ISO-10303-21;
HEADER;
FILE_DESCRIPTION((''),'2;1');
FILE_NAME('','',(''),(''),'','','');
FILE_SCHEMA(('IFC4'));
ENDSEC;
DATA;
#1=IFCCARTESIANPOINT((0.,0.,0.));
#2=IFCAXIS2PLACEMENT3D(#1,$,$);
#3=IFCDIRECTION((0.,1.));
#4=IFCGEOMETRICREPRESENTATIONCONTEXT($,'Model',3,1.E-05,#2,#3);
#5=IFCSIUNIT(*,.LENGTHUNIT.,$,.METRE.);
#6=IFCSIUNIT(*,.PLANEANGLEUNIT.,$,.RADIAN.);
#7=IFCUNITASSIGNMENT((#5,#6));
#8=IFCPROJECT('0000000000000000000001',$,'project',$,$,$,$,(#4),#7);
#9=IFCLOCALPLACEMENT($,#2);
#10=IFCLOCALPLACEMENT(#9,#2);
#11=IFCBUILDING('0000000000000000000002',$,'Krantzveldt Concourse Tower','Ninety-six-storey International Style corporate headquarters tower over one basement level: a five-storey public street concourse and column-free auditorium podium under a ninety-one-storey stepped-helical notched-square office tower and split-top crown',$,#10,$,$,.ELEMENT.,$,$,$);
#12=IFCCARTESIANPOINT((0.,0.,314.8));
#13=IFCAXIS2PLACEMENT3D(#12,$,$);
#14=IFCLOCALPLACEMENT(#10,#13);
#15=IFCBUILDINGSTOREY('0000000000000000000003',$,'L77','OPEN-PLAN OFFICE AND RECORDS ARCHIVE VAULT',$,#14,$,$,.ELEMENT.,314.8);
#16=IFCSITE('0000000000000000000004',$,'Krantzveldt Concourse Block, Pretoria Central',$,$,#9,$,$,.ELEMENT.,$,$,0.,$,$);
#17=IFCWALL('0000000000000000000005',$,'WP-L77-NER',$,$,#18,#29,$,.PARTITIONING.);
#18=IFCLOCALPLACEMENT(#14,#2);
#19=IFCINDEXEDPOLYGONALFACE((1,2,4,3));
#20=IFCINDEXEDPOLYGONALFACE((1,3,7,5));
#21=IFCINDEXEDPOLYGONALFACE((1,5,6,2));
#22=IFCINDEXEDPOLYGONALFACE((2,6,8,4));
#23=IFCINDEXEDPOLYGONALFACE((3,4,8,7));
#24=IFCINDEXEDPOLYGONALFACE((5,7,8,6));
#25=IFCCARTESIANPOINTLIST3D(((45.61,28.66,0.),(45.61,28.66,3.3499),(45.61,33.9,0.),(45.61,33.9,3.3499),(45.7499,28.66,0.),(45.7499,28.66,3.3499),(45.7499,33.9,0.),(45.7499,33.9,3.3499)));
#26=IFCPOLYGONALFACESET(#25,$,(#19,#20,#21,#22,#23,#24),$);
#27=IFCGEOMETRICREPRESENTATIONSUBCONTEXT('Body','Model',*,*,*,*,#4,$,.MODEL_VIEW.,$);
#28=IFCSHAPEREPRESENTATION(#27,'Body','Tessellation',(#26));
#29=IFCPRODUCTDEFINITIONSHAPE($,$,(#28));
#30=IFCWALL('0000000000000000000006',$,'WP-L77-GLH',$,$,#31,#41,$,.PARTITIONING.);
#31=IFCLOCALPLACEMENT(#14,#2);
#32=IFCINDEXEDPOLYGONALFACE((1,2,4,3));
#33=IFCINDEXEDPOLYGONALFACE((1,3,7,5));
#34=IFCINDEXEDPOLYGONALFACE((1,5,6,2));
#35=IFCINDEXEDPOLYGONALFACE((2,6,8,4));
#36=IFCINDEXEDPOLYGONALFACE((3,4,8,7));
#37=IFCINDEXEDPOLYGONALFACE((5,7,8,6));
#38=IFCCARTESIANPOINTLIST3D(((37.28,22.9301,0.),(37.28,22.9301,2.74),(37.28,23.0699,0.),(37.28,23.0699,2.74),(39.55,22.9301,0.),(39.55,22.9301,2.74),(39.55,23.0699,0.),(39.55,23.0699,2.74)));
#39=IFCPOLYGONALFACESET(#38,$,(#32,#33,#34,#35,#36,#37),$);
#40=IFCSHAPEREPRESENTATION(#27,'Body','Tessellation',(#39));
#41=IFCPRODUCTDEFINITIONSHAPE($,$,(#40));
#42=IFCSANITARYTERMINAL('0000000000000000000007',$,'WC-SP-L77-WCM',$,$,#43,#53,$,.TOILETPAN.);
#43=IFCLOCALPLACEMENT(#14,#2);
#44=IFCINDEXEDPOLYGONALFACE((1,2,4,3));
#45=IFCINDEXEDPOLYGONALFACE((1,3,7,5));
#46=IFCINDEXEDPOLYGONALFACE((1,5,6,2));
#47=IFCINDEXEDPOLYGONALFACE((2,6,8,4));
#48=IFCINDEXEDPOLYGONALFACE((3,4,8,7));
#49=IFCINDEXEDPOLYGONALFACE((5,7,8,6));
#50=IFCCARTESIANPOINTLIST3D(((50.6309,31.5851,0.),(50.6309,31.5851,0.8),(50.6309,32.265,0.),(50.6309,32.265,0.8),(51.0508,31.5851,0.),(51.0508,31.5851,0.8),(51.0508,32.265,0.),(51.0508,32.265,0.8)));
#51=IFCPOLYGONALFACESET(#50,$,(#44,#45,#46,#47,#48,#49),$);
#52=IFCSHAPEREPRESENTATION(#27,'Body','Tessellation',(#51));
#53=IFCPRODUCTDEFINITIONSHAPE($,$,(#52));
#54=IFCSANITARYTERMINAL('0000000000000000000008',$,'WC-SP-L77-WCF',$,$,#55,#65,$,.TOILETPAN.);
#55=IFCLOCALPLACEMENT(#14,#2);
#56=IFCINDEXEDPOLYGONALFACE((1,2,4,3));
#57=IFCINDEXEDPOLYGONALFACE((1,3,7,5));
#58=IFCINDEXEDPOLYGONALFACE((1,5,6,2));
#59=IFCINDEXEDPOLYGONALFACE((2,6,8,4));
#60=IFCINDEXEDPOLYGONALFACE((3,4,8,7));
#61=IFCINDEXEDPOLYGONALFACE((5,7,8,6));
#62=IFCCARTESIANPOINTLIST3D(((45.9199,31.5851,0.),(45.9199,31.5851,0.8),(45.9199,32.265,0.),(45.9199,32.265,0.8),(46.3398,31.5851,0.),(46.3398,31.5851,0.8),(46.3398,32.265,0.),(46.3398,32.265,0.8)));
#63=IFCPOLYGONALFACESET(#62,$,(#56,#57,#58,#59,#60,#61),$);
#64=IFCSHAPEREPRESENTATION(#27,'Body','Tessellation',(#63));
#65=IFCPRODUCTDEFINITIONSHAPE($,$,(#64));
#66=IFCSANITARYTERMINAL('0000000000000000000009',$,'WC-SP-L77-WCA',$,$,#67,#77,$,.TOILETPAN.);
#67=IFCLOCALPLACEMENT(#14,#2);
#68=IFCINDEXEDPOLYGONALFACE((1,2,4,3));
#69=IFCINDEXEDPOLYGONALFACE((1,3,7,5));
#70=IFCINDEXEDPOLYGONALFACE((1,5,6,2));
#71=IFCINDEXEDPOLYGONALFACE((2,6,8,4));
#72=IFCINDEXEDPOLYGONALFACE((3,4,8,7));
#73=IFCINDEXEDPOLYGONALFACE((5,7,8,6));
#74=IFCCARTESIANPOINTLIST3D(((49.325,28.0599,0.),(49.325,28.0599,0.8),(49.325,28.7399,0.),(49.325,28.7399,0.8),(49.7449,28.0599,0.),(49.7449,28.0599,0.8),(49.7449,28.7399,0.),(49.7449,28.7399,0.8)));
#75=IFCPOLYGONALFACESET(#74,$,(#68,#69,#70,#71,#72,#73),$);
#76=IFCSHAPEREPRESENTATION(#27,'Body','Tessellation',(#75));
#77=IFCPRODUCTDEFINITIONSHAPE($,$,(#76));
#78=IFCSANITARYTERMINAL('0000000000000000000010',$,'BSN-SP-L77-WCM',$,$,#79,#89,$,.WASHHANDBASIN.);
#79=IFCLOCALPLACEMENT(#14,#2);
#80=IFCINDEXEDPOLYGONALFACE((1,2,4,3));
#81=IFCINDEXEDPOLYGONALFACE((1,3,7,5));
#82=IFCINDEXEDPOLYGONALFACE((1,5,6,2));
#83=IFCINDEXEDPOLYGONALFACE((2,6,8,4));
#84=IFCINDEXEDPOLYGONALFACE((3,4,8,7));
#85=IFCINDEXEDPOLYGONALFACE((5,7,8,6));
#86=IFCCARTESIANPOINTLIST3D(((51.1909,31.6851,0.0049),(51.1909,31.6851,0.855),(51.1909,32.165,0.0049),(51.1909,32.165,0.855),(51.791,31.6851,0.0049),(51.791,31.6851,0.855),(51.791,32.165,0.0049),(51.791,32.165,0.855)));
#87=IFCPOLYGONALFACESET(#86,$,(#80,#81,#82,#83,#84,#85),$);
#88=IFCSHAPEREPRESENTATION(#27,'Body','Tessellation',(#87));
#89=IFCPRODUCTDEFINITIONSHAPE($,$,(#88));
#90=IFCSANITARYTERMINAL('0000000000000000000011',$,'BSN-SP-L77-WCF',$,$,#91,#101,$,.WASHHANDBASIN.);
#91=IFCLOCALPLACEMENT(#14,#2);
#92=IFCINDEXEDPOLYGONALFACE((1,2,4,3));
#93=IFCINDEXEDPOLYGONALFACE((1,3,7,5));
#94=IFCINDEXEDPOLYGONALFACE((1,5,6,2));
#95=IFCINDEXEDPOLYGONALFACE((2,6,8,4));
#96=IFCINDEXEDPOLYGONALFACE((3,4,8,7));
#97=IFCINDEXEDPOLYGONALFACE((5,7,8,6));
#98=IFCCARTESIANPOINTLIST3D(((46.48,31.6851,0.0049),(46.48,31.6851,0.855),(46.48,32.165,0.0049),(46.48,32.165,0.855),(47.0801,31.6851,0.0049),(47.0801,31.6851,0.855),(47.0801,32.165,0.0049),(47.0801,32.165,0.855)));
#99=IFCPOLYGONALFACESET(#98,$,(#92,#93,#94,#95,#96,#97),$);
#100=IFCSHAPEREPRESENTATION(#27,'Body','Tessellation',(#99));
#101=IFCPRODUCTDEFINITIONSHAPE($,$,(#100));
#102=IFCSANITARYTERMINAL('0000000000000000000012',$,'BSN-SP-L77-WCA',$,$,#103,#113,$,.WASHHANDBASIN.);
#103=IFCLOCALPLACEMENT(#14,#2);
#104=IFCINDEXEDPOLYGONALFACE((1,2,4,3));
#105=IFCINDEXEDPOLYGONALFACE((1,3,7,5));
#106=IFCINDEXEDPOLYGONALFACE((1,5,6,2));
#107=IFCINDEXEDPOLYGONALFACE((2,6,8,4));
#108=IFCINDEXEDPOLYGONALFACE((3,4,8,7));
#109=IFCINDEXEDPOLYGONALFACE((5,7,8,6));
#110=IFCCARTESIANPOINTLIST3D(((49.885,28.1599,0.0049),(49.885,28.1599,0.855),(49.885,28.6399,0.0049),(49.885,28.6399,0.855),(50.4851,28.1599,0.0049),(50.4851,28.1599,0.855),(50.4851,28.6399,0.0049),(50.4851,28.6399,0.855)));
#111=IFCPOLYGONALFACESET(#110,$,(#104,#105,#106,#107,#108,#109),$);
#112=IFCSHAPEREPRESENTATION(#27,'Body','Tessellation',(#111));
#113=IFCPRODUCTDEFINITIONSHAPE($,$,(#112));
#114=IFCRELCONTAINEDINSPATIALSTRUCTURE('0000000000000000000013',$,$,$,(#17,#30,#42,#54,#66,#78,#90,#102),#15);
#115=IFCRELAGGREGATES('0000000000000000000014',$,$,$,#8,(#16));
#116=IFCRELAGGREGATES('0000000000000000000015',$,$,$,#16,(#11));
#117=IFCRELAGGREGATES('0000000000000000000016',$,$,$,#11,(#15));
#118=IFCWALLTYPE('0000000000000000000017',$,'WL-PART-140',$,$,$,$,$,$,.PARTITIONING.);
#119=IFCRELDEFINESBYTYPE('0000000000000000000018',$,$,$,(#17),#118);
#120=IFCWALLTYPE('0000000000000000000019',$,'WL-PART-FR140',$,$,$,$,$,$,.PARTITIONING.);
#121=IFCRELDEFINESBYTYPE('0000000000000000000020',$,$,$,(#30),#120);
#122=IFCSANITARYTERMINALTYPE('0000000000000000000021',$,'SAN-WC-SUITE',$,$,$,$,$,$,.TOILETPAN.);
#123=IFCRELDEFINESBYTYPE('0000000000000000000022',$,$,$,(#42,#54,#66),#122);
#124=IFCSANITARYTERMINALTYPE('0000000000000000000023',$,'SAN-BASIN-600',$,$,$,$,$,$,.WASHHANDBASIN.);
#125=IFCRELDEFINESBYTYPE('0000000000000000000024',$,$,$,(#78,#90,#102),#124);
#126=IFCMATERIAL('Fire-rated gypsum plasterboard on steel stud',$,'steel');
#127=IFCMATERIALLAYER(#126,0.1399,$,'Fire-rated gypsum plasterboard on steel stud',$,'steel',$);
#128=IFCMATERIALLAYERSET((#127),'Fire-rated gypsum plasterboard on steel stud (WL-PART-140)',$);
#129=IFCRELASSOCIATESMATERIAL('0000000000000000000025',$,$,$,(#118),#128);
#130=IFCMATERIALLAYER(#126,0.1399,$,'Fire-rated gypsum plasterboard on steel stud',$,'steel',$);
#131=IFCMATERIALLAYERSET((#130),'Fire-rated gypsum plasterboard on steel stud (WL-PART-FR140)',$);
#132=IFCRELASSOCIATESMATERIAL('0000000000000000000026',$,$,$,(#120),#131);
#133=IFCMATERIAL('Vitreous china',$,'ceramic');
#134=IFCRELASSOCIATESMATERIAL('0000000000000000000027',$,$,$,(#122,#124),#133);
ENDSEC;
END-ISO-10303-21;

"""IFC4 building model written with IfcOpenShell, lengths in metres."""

from ifc_helpers import new_model, si_unit, direction, frame, frame_2d, origin, origin_2d, place, context, subcontext, project, spatial, rectangle, extrude, source, transform, mapped, material, layer, layer_set, type_object, type_shapes, element, save


model = new_model("IFC4")

# Units and contexts
model_context = context("Model", 3, precision=1e-05, world=origin(), true_north=direction((0.0, 1.0)))
body_context = subcontext(model_context, "Body", "Model", "MODEL_VIEW")
ifc_project = project(units=[si_unit("LENGTHUNIT", "METRE"), si_unit("PLANEANGLEUNIT", "RADIAN")], contexts=[model_context])

# Site, building, storey
site_placement = place(None, origin())
site = spatial("IfcSite", under=ifc_project, at=site_placement, Name="Krantzveldt Concourse Block, Pretoria Central", CompositionType="ELEMENT", RefElevation=0.0)
building_placement = place(site_placement, origin())
building = spatial("IfcBuilding", under=site, at=building_placement, Name="Krantzveldt Concourse Tower", Description="Ninety-six-storey International Style corporate headquarters tower over one basement level: a five-storey public street concourse and column-free auditorium podium under a ninety-one-storey stepped-helical notched-square office tower and split-top crown", CompositionType="ELEMENT")
storey_placement = place(building_placement, frame((0.0, 0.0, 314.8)))
storey = spatial("IfcBuildingStorey", under=building, at=storey_placement, Name="L77", Description="OPEN-PLAN OFFICE AND RECORDS ARCHIVE VAULT", CompositionType="ELEMENT", Elevation=314.8)

# Shared definitions
ifc_material_1 = material(Name="Fire-rated gypsum plasterboard on steel stud", Category="steel")

# Walls
ifc_layer_1 = layer(ifc_material_1, 0.1399, Name="Fire-rated gypsum plasterboard on steel stud", Category="steel")
ifc_layer_set_1 = layer_set([ifc_layer_1], Name="Fire-rated gypsum plasterboard on steel stud (WL-PART-140)")
wall_type_1 = type_object("IfcWallType", Name="WL-PART-140", PredefinedType="PARTITIONING", material=ifc_layer_set_1)
wall_1_placement = place(storey_placement, frame((45.6799, 28.6599, 0.0), z_axis=(0.0, 0.0, 1.0), x_axis=(0.0, 1.0, 0.0)))
element("IfcWall", 1, at=wall_1_placement, inside=storey, type_object=wall_type_1, Name="WP-L77-NER", PredefinedType="PARTITIONING", context=body_context, shape_type="SweptSolid", body=[
    extrude(rectangle(XDim=5.24, YDim=0.1399, at=frame_2d((2.6201, 0.0))), origin(), (0.0, 0.0, 1.0), 3.3499),
])
ifc_layer_2 = layer(ifc_material_1, 0.1399, Name="Fire-rated gypsum plasterboard on steel stud", Category="steel")
ifc_layer_set_2 = layer_set([ifc_layer_2], Name="Fire-rated gypsum plasterboard on steel stud (WL-PART-FR140)")
wall_type_2 = type_object("IfcWallType", Name="WL-PART-FR140", PredefinedType="PARTITIONING", material=ifc_layer_set_2)
wall_2_placement = place(storey_placement, frame((37.28, 23.0, 0.0), z_axis=(0.0, 0.0, 1.0), x_axis=(1.0, 0.0, 0.0)))
element("IfcWall", 2, at=wall_2_placement, inside=storey, type_object=wall_type_2, Name="WP-L77-GLH", PredefinedType="PARTITIONING", context=body_context, shape_type="SweptSolid", body=[
    extrude(rectangle(XDim=2.27, YDim=0.1399, at=frame_2d((1.135, 0.0))), origin(), (0.0, 0.0, 1.0), 2.74),
])

# Sanitary terminals
ifc_material_2 = material(Name="Vitreous china", Category="ceramic")
sanitary_terminal_type_1 = type_object("IfcSanitaryTerminalType", Name="SAN-WC-SUITE", PredefinedType="TOILETPAN", material=ifc_material_2)
shared_shape_1 = source(origin(), body_context, "Body", "SweptSolid", [
    extrude(rectangle(XDim=0.4199, YDim=0.6799, at=origin_2d()), origin(), (0.0, 0.0, 1.0), 0.8),
])
type_shapes(sanitary_terminal_type_1, [shared_shape_1])
for number, where, z_axis, x_axis, name in (
    (3, (50.8408, 31.925, 0.0), (0.0, 0.0, 1.0), (1.0, 0.0, 0.0), "WC-SP-L77-WCM"),
    (4, (46.1299, 31.925, 0.0), (0.0, 0.0, 1.0), (1.0, 0.0, 0.0), "WC-SP-L77-WCF"),
    (5, (49.5349, 28.3999, 0.0), (0.0, 0.0, 1.0), (1.0, 0.0, 0.0), "WC-SP-L77-WCA"),
):
    element("IfcSanitaryTerminal", number, at=place(storey_placement, frame(where, z_axis=z_axis, x_axis=x_axis)), inside=storey, type_object=sanitary_terminal_type_1, Name=name, PredefinedType="TOILETPAN", context=body_context, shape_type="MappedRepresentation", body=[
        mapped(shared_shape_1, transform((0.0, 0.0, 0.0), x_axis=(1.0, 0.0, 0.0), y_axis=(0.0, 1.0, 0.0), z_axis=(0.0, 0.0, 1.0), scale=1.0)),
    ])
sanitary_terminal_type_2 = type_object("IfcSanitaryTerminalType", Name="SAN-BASIN-600", PredefinedType="WASHHANDBASIN", material=ifc_material_2)
shared_shape_2 = source(origin(), body_context, "Body", "SweptSolid", [
    extrude(rectangle(XDim=0.6001, YDim=0.48, at=origin_2d()), origin(), (0.0, 0.0, 1.0), 0.8501),
])
type_shapes(sanitary_terminal_type_2, [shared_shape_2])
for number, where, z_axis, x_axis, name in (
    (6, (51.491, 31.925, 0.0049), (0.0, 0.0, 1.0), (1.0, 0.0, 0.0), "BSN-SP-L77-WCM"),
    (7, (46.78, 31.925, 0.0049), (0.0, 0.0, 1.0), (1.0, 0.0, 0.0), "BSN-SP-L77-WCF"),
    (8, (50.1851, 28.3999, 0.0049), (0.0, 0.0, 1.0), (1.0, 0.0, 0.0), "BSN-SP-L77-WCA"),
):
    element("IfcSanitaryTerminal", number, at=place(storey_placement, frame(where, z_axis=z_axis, x_axis=x_axis)), inside=storey, type_object=sanitary_terminal_type_2, Name=name, PredefinedType="WASHHANDBASIN", context=body_context, shape_type="MappedRepresentation", body=[
        mapped(shared_shape_2, transform((0.0, 0.0, 0.0), x_axis=(1.0, 0.0, 0.0), y_axis=(0.0, 1.0, 0.0), z_axis=(0.0, 0.0, 1.0), scale=1.0)),
    ])

save(model, "model.ifc")
